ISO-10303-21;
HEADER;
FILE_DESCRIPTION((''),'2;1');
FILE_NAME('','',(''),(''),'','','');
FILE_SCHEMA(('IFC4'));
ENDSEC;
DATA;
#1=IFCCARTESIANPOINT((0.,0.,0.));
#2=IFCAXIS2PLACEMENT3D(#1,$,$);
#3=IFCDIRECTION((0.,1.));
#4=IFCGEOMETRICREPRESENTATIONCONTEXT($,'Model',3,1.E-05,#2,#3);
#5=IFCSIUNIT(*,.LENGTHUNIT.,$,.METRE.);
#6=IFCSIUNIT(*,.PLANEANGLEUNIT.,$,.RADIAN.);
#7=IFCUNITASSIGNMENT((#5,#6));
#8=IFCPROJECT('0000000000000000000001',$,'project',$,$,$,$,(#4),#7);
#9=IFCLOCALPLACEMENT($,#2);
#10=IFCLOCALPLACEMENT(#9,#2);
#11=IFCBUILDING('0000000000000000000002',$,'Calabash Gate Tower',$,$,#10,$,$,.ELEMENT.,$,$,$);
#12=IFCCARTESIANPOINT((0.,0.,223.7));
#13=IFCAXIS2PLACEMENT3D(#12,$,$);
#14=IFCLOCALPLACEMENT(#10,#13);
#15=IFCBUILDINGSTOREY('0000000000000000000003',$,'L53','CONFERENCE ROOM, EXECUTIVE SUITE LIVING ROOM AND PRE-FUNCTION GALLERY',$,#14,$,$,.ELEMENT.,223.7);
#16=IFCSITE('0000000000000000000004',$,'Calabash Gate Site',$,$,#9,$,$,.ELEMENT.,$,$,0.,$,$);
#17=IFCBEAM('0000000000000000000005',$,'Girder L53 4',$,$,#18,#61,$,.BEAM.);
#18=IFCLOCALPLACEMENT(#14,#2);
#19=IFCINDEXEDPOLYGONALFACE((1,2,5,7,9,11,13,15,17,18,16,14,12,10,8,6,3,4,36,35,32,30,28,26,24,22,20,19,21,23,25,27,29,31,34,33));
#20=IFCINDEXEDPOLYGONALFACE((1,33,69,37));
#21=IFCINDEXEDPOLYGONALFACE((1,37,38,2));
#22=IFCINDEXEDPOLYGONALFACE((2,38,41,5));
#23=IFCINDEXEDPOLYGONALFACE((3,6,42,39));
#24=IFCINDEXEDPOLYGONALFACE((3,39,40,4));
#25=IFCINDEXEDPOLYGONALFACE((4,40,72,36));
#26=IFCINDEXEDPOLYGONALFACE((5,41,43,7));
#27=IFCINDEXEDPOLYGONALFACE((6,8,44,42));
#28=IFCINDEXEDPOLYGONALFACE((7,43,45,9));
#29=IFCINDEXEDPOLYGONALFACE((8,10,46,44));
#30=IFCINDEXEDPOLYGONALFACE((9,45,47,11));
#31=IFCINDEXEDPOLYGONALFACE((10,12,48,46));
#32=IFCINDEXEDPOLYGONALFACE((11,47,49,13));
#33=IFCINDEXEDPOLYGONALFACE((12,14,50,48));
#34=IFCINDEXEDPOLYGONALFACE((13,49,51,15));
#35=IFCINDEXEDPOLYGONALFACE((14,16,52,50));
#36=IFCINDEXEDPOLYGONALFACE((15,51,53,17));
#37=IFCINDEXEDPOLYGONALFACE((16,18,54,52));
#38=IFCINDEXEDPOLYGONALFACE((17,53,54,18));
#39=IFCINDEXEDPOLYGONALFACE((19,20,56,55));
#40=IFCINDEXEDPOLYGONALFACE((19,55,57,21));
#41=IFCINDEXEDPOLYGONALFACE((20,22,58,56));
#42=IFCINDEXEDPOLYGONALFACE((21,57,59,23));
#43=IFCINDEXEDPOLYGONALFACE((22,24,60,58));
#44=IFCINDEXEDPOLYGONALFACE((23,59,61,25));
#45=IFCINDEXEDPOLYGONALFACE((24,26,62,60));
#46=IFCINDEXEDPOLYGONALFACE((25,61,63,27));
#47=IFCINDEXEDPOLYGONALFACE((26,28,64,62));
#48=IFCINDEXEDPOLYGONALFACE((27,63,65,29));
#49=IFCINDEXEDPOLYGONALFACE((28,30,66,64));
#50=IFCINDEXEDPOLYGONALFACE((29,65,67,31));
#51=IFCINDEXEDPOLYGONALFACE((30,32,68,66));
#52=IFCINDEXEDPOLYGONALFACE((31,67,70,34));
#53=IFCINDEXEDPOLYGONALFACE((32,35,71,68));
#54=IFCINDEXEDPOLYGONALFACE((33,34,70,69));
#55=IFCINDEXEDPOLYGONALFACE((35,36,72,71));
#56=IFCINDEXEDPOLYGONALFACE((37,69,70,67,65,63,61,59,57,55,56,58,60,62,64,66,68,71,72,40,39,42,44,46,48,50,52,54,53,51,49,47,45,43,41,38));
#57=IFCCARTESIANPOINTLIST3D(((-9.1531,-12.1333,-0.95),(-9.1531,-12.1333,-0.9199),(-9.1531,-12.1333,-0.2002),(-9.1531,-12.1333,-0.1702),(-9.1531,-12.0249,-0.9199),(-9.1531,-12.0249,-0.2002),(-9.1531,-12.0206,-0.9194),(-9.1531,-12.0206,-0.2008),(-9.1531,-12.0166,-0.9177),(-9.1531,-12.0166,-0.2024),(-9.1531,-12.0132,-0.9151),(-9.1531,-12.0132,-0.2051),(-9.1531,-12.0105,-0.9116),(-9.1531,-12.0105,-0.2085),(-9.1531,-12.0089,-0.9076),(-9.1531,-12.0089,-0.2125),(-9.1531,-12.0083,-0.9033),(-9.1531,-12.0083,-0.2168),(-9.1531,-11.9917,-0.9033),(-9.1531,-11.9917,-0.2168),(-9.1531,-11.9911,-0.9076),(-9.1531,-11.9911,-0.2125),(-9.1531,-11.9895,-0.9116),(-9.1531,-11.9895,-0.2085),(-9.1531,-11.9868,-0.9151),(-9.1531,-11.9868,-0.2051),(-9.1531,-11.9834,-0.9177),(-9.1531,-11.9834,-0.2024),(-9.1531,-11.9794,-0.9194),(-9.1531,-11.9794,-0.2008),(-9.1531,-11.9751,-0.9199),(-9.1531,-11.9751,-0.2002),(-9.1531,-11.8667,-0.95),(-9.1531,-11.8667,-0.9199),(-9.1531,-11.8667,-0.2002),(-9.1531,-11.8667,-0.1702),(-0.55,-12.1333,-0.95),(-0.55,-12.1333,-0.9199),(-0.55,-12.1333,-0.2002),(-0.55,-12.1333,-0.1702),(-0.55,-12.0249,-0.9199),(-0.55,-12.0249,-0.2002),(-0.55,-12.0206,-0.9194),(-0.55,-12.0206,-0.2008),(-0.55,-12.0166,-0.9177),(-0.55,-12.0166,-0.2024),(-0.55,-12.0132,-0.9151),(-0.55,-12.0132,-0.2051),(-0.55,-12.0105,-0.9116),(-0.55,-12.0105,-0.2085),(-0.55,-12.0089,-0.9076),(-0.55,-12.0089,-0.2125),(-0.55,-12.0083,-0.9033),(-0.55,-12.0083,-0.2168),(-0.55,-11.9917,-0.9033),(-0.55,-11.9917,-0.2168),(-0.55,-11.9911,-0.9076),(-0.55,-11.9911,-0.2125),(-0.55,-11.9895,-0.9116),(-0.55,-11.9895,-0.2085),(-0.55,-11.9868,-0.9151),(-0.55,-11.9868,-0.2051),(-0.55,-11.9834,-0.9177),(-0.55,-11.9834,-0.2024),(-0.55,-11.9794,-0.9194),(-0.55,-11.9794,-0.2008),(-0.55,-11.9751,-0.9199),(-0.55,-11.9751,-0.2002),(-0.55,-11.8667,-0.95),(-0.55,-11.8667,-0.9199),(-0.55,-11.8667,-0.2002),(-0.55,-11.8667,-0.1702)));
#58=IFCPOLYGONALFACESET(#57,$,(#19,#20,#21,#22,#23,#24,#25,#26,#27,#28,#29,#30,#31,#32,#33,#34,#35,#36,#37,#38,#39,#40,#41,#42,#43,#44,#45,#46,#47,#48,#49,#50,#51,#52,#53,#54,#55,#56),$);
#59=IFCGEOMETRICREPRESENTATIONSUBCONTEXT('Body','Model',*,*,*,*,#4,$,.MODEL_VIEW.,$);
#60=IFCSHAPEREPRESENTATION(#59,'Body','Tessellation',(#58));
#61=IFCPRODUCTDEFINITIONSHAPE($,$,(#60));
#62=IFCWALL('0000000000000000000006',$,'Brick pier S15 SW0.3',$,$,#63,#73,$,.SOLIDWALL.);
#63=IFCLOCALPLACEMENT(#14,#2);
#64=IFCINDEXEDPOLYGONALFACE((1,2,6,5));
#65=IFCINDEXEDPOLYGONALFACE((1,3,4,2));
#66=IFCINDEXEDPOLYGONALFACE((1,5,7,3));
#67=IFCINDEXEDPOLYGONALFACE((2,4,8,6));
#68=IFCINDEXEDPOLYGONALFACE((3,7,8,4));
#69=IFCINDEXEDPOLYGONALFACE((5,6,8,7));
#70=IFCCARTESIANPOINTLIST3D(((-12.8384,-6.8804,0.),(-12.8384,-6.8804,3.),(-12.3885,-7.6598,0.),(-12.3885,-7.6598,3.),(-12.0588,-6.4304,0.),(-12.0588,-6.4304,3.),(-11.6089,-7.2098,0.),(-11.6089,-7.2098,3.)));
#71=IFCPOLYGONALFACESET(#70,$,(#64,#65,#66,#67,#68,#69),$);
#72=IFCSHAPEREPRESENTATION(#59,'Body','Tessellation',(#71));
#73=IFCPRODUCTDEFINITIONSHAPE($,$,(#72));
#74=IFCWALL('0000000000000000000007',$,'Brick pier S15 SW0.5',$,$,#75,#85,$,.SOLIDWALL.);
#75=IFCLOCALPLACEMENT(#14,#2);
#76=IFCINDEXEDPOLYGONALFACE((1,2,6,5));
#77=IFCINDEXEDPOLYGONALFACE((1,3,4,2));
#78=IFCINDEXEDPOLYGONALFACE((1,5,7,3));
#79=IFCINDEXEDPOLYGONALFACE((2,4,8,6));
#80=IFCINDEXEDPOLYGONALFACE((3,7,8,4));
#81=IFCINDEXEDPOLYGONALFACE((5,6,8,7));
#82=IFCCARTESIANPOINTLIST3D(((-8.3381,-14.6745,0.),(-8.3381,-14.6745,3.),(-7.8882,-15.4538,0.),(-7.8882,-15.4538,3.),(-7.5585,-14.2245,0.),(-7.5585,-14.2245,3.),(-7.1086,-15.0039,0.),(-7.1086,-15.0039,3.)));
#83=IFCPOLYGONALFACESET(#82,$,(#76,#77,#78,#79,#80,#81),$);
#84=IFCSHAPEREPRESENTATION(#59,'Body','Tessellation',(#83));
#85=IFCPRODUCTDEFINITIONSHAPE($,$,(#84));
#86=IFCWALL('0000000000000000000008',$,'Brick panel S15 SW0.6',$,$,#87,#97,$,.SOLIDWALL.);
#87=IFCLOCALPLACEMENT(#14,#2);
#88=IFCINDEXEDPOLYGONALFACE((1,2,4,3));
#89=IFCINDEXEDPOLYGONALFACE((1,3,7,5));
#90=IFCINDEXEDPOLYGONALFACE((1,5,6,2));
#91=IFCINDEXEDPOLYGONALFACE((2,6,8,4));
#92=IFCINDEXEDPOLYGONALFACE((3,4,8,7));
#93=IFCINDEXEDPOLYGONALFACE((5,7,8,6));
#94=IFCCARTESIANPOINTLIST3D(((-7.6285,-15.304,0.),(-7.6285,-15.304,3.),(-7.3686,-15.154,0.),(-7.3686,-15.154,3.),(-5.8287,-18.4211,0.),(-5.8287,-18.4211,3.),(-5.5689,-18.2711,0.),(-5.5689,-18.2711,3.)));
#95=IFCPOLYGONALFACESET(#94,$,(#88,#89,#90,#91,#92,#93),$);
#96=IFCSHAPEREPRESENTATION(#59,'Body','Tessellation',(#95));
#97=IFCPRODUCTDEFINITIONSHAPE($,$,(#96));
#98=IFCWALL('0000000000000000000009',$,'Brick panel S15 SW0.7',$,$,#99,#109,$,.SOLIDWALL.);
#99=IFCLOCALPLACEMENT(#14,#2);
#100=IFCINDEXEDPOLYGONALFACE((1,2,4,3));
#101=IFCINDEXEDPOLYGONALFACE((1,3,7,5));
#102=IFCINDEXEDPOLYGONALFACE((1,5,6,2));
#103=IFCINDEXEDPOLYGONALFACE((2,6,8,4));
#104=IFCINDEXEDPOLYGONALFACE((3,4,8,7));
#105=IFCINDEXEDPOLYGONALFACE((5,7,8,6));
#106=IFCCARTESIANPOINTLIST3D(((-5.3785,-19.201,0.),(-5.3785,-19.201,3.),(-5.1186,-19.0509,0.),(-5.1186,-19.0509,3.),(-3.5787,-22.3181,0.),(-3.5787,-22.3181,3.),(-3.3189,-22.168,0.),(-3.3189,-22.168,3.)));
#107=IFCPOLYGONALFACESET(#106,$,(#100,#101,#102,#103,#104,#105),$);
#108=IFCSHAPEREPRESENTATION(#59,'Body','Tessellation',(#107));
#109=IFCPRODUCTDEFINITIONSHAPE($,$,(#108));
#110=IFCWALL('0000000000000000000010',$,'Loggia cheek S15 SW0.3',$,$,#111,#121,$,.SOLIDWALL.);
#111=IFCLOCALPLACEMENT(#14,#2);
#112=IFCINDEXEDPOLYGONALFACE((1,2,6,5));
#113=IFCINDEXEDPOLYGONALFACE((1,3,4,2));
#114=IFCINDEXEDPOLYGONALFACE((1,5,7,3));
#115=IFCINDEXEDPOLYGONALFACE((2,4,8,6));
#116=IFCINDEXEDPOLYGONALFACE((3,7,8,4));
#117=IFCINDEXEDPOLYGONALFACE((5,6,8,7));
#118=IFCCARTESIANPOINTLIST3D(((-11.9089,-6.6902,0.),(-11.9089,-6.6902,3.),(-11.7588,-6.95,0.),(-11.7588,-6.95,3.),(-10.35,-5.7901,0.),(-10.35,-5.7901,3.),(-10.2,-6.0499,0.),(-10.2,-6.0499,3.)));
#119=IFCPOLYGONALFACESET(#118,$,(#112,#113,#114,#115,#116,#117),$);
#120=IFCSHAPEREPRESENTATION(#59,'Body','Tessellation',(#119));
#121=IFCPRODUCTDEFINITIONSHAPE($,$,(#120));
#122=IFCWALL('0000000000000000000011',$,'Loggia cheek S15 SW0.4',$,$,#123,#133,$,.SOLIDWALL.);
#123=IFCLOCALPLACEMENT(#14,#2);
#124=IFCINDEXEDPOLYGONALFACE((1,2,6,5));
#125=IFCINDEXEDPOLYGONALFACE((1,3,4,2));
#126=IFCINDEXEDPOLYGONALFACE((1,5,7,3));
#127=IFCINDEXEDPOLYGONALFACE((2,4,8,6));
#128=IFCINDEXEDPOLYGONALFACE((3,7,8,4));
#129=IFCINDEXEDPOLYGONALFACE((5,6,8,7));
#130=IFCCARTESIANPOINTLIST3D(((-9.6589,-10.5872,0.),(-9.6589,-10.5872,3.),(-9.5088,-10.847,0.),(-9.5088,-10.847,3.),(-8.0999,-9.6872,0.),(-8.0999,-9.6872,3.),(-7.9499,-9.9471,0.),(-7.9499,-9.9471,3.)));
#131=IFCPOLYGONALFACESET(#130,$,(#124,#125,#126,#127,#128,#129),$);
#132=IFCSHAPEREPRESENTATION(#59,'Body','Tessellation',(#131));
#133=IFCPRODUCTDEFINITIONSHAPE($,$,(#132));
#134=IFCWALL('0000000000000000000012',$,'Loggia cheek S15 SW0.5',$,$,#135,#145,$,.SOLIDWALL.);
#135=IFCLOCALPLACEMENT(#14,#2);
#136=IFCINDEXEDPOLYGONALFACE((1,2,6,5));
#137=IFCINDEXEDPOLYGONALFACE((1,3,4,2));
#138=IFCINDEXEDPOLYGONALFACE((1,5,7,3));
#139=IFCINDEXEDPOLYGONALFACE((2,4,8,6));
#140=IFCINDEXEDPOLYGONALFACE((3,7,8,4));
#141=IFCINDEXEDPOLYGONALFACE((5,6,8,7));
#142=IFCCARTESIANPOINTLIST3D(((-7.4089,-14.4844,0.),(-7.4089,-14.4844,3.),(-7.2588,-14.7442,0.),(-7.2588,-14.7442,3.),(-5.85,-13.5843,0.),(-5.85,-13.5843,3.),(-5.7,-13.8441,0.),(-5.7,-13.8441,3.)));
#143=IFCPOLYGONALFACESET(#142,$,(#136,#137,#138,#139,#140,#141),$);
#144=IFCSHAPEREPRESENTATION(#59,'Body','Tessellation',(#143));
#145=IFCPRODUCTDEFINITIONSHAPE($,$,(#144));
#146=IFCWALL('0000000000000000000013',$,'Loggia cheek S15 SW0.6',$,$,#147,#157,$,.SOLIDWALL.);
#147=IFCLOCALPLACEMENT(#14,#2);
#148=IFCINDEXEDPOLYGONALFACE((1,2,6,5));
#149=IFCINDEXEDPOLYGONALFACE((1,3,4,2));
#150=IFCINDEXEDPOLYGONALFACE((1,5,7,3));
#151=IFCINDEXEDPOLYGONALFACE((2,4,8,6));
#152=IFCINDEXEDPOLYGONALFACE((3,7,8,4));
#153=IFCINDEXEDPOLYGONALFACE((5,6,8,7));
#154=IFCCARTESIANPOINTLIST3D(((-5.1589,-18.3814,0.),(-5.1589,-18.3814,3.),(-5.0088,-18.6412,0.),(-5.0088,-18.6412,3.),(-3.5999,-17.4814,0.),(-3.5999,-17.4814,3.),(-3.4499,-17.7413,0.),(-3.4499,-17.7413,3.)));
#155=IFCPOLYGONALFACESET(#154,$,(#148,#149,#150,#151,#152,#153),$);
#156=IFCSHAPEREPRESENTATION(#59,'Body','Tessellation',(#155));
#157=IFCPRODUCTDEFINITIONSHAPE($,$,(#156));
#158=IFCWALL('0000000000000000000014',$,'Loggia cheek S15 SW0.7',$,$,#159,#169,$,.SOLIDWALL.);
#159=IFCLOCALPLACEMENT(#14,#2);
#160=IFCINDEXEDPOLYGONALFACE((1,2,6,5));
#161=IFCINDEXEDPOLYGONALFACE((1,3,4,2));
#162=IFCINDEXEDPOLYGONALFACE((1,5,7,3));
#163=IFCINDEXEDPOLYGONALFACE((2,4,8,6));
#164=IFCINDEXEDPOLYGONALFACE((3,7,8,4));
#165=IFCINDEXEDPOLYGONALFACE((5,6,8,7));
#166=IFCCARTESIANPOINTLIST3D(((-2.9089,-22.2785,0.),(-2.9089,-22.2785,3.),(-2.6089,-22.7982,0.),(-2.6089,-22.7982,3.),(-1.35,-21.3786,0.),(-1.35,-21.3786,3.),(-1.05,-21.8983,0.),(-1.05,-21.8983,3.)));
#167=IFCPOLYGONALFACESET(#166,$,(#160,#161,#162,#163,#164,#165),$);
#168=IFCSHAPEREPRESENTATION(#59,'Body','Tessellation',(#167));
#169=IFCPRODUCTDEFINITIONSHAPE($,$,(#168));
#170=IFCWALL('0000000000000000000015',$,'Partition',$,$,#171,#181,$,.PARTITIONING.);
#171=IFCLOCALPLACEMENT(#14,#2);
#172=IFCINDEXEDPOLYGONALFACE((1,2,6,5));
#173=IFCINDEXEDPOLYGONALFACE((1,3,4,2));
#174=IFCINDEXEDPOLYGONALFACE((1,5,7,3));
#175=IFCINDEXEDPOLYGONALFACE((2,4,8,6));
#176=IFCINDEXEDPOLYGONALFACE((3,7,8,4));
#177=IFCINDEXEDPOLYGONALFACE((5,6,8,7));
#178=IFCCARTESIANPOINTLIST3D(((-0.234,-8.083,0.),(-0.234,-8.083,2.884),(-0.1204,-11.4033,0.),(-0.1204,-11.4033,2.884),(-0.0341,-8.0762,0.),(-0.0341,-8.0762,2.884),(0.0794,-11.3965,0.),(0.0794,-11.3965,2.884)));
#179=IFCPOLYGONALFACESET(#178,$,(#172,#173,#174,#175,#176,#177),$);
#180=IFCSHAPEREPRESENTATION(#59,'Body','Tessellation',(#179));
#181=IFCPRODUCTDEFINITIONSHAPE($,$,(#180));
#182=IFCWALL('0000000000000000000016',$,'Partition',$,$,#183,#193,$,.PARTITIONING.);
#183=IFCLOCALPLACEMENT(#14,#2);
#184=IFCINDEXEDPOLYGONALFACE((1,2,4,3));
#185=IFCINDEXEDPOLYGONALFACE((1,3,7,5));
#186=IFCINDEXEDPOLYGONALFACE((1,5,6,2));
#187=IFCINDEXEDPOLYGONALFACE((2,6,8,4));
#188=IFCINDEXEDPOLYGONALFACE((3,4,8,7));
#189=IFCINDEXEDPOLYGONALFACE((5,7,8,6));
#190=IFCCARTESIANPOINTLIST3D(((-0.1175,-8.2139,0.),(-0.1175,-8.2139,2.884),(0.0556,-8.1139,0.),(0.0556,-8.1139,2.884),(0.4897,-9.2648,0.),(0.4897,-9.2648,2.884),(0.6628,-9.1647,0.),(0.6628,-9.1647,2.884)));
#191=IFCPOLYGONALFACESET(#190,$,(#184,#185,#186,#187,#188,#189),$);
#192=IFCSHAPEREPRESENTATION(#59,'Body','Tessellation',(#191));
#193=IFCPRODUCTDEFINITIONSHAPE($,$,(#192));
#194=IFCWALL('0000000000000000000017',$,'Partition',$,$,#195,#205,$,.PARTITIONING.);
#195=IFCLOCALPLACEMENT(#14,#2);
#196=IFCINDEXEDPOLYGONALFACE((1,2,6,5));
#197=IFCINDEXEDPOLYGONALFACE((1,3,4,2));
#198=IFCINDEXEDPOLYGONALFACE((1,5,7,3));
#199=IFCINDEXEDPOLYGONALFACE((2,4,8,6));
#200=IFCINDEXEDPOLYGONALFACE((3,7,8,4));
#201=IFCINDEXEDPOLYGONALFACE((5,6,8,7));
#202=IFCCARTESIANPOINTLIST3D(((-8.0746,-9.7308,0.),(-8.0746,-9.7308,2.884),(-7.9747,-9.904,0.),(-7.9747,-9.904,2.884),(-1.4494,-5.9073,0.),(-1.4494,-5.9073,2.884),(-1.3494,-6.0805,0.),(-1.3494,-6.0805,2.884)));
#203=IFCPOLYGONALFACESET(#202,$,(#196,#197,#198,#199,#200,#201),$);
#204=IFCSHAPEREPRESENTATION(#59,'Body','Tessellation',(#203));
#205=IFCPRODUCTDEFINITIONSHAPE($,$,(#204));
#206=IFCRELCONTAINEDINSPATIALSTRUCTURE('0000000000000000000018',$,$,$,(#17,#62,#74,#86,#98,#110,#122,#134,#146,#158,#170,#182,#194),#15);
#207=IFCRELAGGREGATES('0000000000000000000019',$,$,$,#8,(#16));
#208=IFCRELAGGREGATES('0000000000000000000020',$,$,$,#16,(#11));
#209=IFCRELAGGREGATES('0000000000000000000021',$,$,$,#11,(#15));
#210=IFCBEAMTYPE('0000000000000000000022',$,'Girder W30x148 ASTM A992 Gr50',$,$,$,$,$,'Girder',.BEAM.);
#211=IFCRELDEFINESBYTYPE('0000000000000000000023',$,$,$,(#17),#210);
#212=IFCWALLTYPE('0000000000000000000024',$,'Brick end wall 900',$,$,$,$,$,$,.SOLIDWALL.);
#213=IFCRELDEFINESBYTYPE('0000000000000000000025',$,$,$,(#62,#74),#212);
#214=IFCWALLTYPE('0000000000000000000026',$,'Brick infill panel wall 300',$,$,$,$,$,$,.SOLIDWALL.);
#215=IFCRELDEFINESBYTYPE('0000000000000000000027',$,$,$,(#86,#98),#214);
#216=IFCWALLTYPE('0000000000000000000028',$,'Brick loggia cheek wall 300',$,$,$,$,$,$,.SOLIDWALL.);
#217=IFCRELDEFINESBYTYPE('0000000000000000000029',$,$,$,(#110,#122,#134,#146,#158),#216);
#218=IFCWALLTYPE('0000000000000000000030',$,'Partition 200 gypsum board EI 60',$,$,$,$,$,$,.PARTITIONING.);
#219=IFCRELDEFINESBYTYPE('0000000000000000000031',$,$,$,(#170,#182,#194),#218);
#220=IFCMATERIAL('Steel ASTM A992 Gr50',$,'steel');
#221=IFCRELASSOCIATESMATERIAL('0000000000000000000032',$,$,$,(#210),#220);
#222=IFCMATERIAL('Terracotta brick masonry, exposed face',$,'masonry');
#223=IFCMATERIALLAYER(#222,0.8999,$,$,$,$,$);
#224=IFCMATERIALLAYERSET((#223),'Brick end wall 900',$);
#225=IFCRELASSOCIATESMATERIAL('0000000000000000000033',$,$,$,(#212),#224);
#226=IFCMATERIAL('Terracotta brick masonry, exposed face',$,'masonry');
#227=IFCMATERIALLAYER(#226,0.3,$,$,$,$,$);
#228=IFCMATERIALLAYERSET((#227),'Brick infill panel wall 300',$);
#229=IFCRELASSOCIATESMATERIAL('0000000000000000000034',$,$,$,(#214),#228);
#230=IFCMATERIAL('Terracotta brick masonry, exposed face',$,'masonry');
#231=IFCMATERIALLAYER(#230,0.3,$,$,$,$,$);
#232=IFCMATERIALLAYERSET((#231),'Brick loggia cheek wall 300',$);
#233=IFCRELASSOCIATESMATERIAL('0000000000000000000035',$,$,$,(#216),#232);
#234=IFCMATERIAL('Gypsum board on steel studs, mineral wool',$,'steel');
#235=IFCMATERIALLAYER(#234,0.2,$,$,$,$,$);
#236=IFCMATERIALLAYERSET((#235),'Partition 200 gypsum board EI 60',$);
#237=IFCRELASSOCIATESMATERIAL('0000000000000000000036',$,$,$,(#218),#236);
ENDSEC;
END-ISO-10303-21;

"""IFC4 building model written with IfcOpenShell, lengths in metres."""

from ifc_helpers import new_model, si_unit, direction, frame, frame_2d, origin, origin_2d, place, context, subcontext, project, spatial, rectangle, i_section, extrude, material, layer, layer_set, material_profile, profile_set, type_object, element, save


model = new_model("IFC4")

# Units and contexts
model_context = context("Model", 3, precision=1e-05, world=origin(), true_north=direction((0.0, 1.0)))
body_context = subcontext(model_context, "Body", "Model", "MODEL_VIEW")
ifc_project = project(units=[si_unit("LENGTHUNIT", "METRE"), si_unit("PLANEANGLEUNIT", "RADIAN")], contexts=[model_context])

# Site, building, storey
site_placement = place(None, origin())
site = spatial("IfcSite", under=ifc_project, at=site_placement, Name="Calabash Gate Site", CompositionType="ELEMENT", RefElevation=0.0)
building_placement = place(site_placement, origin())
building = spatial("IfcBuilding", under=site, at=building_placement, Name="Calabash Gate Tower", CompositionType="ELEMENT")
storey_placement = place(building_placement, frame((0.0, 0.0, 223.7)))
storey = spatial("IfcBuildingStorey", under=building, at=storey_placement, Name="L53", Description="CONFERENCE ROOM, EXECUTIVE SUITE LIVING ROOM AND PRE-FUNCTION GALLERY", CompositionType="ELEMENT", Elevation=223.7)

# Beam
ifc_material_1 = material(Name="Steel ASTM A992 Gr50", Category="steel")
ifc_material_profile_1 = material_profile(ifc_material_1, i_section(OverallWidth=0.2666, OverallDepth=0.7798, WebThickness=0.0166, FlangeThickness=0.03, FilletRadius=0.0166, at=origin_2d()))
ifc_profile_set_1 = profile_set([ifc_material_profile_1], Name="Steel ASTM A992 Gr50")
beam_type_1 = type_object("IfcBeamType", Name="Girder W30x148 ASTM A992 Gr50", ElementType="Girder", PredefinedType="BEAM", material=ifc_profile_set_1)
beam_1_placement = place(storey_placement, frame((-9.1531, -12.0, -0.5601), z_axis=(1.0, 0.0, 0.0), x_axis=(0.0, 1.0, 0.0)))
element("IfcBeam", 1, at=beam_1_placement, inside=storey, type_object=beam_type_1, Name="Girder L53 4", PredefinedType="BEAM", context=body_context, shape_type="SweptSolid", body=[
    extrude(i_section(OverallWidth=0.2666, OverallDepth=0.7798, WebThickness=0.0166, FlangeThickness=0.03, FilletRadius=0.0166, at=origin_2d()), origin(), (0.0, 0.0, 1.0), 8.603),
])

# Walls
ifc_material_2 = material(Name="Terracotta brick masonry, exposed face", Category="masonry")
ifc_layer_1 = layer(ifc_material_2, 0.8999)
ifc_layer_set_1 = layer_set([ifc_layer_1], Name="Brick end wall 900")
wall_type_1 = type_object("IfcWallType", Name="Brick end wall 900", PredefinedType="SOLIDWALL", material=ifc_layer_set_1)
for number, where, z_axis, x_axis, name in (
    (2, (-11.8337, -6.8201, 0.0), (0.0, 0.0, 1.0), (-0.866082, -0.499902, 0.0), "Brick pier S15 SW0.3"),
    (3, (-8.1133, -15.0642, 0.0), (0.0, 0.0, 1.0), (0.866082, 0.499902, 0.0), "Brick pier S15 SW0.5"),
):
    element("IfcWall", number, at=place(storey_placement, frame(where, z_axis=z_axis, x_axis=x_axis)), inside=storey, type_object=wall_type_1, Name=name, PredefinedType="SOLIDWALL", context=body_context, shape_type="SweptSolid", body=[
        extrude(rectangle(XDim=0.9001, YDim=0.8999, at=frame_2d((0.4502, 0.0))), origin(), (0.0, 0.0, 1.0), 3.0),
    ])
ifc_material_3 = material(Name="Terracotta brick masonry, exposed face", Category="masonry")
ifc_layer_2 = layer(ifc_material_3, 0.3)
ifc_layer_set_2 = layer_set([ifc_layer_2], Name="Brick infill panel wall 300")
wall_type_2 = type_object("IfcWallType", Name="Brick infill panel wall 300", PredefinedType="SOLIDWALL", material=ifc_layer_set_2)
for number, where, z_axis, x_axis, name in (
    (4, (-5.6987, -18.3462, 0.0), (0.0, 0.0, 1.0), (-0.50002, 0.866014, 0.0), "Brick panel S15 SW0.6"),
    (5, (-3.4487, -22.2432, 0.0), (0.0, 0.0, 1.0), (-0.50002, 0.866014, 0.0), "Brick panel S15 SW0.7"),
):
    element("IfcWall", number, at=place(storey_placement, frame(where, z_axis=z_axis, x_axis=x_axis)), inside=storey, type_object=wall_type_2, Name=name, PredefinedType="SOLIDWALL", context=body_context, shape_type="SweptSolid", body=[
        extrude(rectangle(XDim=3.5994, YDim=0.3, at=frame_2d((1.7998, 0.0))), origin(), (0.0, 0.0, 1.0), 3.0),
    ])
ifc_material_4 = material(Name="Terracotta brick masonry, exposed face", Category="masonry")
ifc_layer_3 = layer(ifc_material_4, 0.3)
ifc_layer_set_3 = layer_set([ifc_layer_3], Name="Brick loggia cheek wall 300")
wall_type_3 = type_object("IfcWallType", Name="Brick loggia cheek wall 300", PredefinedType="SOLIDWALL", material=ifc_layer_set_3)
for number, where, z_axis, x_axis, name in (
    (6, (-11.8337, -6.8201, 0.0), (0.0, 0.0, 1.0), (0.865989, 0.500063, 0.0), "Loggia cheek S15 SW0.3"),
    (7, (-9.5837, -10.717, 0.0), (0.0, 0.0, 1.0), (0.866048, 0.499961, 0.0), "Loggia cheek S15 SW0.4"),
    (8, (-7.3337, -14.6143, 0.0), (0.0, 0.0, 1.0), (0.865989, 0.500063, 0.0), "Loggia cheek S15 SW0.5"),
    (9, (-5.0837, -18.5112, 0.0), (0.0, 0.0, 1.0), (0.866048, 0.499961, 0.0), "Loggia cheek S15 SW0.6"),
):
    element("IfcWall", number, at=place(storey_placement, frame(where, z_axis=z_axis, x_axis=x_axis)), inside=storey, type_object=wall_type_3, Name=name, PredefinedType="SOLIDWALL", context=body_context, shape_type="SweptSolid", body=[
        extrude(rectangle(XDim=1.8, YDim=0.3, at=frame_2d((0.8999, 0.0))), origin(), (0.0, 0.0, 1.0), 3.0),
    ])
wall_1_placement = place(storey_placement, frame((-2.7588, -22.5383, 0.0), z_axis=(0.0, 0.0, 1.0), x_axis=(0.866048, 0.499961, 0.0)))
element("IfcWall", 10, at=wall_1_placement, inside=storey, type_object=wall_type_3, Name="Loggia cheek S15 SW0.7", PredefinedType="SOLIDWALL", context=body_context, shape_type="SweptSolid", body=[
    extrude(rectangle(XDim=1.8, YDim=0.6001, at=frame_2d((0.8999, 0.0))), origin(), (0.0, 0.0, 1.0), 3.0),
])
ifc_material_5 = material(Name="Gypsum board on steel studs, mineral wool", Category="steel")
ifc_layer_4 = layer(ifc_material_5, 0.2)
ifc_layer_set_4 = layer_set([ifc_layer_4], Name="Partition 200 gypsum board EI 60")
wall_type_4 = type_object("IfcWallType", Name="Partition 200 gypsum board EI 60", PredefinedType="PARTITIONING", material=ifc_layer_set_4)
wall_2_placement = place(storey_placement, frame((-0.134, -8.0796, 0.0), z_axis=(0.0, 0.0, 1.0), x_axis=(0.034171, -0.999416, 0.0)))
element("IfcWall", 11, at=wall_2_placement, inside=storey, type_object=wall_type_4, Name="Partition", PredefinedType="PARTITIONING", context=body_context, shape_type="SweptSolid", body=[
    extrude(rectangle(XDim=3.3223, YDim=0.2, at=frame_2d((1.6611, 0.0))), origin(), (0.0, 0.0, 1.0), 2.884),
])
wall_3_placement = place(storey_placement, frame((-0.031, -8.1638, 0.0), z_axis=(0.0, 0.0, 1.0), x_axis=(0.500314, -0.865844, 0.0)))
element("IfcWall", 12, at=wall_3_placement, inside=storey, type_object=wall_type_4, Name="Partition", PredefinedType="PARTITIONING", context=body_context, shape_type="SweptSolid", body=[
    extrude(rectangle(XDim=1.2136, YDim=0.2, at=frame_2d((0.6069, 0.0))), origin(), (0.0, 0.0, 1.0), 2.884),
])
wall_4_placement = place(storey_placement, frame((-8.0247, -9.8174, 0.0), z_axis=(0.0, 0.0, 1.0), x_axis=(0.866116, 0.499843, 0.0)))
element("IfcWall", 13, at=wall_4_placement, inside=storey, type_object=wall_type_4, Name="Partition", PredefinedType="PARTITIONING", context=body_context, shape_type="SweptSolid", body=[
    extrude(rectangle(XDim=7.6494, YDim=0.2, at=frame_2d((3.8247, 0.0))), origin(), (0.0, 0.0, 1.0), 2.884),
])

save(model, "model.ifc")
